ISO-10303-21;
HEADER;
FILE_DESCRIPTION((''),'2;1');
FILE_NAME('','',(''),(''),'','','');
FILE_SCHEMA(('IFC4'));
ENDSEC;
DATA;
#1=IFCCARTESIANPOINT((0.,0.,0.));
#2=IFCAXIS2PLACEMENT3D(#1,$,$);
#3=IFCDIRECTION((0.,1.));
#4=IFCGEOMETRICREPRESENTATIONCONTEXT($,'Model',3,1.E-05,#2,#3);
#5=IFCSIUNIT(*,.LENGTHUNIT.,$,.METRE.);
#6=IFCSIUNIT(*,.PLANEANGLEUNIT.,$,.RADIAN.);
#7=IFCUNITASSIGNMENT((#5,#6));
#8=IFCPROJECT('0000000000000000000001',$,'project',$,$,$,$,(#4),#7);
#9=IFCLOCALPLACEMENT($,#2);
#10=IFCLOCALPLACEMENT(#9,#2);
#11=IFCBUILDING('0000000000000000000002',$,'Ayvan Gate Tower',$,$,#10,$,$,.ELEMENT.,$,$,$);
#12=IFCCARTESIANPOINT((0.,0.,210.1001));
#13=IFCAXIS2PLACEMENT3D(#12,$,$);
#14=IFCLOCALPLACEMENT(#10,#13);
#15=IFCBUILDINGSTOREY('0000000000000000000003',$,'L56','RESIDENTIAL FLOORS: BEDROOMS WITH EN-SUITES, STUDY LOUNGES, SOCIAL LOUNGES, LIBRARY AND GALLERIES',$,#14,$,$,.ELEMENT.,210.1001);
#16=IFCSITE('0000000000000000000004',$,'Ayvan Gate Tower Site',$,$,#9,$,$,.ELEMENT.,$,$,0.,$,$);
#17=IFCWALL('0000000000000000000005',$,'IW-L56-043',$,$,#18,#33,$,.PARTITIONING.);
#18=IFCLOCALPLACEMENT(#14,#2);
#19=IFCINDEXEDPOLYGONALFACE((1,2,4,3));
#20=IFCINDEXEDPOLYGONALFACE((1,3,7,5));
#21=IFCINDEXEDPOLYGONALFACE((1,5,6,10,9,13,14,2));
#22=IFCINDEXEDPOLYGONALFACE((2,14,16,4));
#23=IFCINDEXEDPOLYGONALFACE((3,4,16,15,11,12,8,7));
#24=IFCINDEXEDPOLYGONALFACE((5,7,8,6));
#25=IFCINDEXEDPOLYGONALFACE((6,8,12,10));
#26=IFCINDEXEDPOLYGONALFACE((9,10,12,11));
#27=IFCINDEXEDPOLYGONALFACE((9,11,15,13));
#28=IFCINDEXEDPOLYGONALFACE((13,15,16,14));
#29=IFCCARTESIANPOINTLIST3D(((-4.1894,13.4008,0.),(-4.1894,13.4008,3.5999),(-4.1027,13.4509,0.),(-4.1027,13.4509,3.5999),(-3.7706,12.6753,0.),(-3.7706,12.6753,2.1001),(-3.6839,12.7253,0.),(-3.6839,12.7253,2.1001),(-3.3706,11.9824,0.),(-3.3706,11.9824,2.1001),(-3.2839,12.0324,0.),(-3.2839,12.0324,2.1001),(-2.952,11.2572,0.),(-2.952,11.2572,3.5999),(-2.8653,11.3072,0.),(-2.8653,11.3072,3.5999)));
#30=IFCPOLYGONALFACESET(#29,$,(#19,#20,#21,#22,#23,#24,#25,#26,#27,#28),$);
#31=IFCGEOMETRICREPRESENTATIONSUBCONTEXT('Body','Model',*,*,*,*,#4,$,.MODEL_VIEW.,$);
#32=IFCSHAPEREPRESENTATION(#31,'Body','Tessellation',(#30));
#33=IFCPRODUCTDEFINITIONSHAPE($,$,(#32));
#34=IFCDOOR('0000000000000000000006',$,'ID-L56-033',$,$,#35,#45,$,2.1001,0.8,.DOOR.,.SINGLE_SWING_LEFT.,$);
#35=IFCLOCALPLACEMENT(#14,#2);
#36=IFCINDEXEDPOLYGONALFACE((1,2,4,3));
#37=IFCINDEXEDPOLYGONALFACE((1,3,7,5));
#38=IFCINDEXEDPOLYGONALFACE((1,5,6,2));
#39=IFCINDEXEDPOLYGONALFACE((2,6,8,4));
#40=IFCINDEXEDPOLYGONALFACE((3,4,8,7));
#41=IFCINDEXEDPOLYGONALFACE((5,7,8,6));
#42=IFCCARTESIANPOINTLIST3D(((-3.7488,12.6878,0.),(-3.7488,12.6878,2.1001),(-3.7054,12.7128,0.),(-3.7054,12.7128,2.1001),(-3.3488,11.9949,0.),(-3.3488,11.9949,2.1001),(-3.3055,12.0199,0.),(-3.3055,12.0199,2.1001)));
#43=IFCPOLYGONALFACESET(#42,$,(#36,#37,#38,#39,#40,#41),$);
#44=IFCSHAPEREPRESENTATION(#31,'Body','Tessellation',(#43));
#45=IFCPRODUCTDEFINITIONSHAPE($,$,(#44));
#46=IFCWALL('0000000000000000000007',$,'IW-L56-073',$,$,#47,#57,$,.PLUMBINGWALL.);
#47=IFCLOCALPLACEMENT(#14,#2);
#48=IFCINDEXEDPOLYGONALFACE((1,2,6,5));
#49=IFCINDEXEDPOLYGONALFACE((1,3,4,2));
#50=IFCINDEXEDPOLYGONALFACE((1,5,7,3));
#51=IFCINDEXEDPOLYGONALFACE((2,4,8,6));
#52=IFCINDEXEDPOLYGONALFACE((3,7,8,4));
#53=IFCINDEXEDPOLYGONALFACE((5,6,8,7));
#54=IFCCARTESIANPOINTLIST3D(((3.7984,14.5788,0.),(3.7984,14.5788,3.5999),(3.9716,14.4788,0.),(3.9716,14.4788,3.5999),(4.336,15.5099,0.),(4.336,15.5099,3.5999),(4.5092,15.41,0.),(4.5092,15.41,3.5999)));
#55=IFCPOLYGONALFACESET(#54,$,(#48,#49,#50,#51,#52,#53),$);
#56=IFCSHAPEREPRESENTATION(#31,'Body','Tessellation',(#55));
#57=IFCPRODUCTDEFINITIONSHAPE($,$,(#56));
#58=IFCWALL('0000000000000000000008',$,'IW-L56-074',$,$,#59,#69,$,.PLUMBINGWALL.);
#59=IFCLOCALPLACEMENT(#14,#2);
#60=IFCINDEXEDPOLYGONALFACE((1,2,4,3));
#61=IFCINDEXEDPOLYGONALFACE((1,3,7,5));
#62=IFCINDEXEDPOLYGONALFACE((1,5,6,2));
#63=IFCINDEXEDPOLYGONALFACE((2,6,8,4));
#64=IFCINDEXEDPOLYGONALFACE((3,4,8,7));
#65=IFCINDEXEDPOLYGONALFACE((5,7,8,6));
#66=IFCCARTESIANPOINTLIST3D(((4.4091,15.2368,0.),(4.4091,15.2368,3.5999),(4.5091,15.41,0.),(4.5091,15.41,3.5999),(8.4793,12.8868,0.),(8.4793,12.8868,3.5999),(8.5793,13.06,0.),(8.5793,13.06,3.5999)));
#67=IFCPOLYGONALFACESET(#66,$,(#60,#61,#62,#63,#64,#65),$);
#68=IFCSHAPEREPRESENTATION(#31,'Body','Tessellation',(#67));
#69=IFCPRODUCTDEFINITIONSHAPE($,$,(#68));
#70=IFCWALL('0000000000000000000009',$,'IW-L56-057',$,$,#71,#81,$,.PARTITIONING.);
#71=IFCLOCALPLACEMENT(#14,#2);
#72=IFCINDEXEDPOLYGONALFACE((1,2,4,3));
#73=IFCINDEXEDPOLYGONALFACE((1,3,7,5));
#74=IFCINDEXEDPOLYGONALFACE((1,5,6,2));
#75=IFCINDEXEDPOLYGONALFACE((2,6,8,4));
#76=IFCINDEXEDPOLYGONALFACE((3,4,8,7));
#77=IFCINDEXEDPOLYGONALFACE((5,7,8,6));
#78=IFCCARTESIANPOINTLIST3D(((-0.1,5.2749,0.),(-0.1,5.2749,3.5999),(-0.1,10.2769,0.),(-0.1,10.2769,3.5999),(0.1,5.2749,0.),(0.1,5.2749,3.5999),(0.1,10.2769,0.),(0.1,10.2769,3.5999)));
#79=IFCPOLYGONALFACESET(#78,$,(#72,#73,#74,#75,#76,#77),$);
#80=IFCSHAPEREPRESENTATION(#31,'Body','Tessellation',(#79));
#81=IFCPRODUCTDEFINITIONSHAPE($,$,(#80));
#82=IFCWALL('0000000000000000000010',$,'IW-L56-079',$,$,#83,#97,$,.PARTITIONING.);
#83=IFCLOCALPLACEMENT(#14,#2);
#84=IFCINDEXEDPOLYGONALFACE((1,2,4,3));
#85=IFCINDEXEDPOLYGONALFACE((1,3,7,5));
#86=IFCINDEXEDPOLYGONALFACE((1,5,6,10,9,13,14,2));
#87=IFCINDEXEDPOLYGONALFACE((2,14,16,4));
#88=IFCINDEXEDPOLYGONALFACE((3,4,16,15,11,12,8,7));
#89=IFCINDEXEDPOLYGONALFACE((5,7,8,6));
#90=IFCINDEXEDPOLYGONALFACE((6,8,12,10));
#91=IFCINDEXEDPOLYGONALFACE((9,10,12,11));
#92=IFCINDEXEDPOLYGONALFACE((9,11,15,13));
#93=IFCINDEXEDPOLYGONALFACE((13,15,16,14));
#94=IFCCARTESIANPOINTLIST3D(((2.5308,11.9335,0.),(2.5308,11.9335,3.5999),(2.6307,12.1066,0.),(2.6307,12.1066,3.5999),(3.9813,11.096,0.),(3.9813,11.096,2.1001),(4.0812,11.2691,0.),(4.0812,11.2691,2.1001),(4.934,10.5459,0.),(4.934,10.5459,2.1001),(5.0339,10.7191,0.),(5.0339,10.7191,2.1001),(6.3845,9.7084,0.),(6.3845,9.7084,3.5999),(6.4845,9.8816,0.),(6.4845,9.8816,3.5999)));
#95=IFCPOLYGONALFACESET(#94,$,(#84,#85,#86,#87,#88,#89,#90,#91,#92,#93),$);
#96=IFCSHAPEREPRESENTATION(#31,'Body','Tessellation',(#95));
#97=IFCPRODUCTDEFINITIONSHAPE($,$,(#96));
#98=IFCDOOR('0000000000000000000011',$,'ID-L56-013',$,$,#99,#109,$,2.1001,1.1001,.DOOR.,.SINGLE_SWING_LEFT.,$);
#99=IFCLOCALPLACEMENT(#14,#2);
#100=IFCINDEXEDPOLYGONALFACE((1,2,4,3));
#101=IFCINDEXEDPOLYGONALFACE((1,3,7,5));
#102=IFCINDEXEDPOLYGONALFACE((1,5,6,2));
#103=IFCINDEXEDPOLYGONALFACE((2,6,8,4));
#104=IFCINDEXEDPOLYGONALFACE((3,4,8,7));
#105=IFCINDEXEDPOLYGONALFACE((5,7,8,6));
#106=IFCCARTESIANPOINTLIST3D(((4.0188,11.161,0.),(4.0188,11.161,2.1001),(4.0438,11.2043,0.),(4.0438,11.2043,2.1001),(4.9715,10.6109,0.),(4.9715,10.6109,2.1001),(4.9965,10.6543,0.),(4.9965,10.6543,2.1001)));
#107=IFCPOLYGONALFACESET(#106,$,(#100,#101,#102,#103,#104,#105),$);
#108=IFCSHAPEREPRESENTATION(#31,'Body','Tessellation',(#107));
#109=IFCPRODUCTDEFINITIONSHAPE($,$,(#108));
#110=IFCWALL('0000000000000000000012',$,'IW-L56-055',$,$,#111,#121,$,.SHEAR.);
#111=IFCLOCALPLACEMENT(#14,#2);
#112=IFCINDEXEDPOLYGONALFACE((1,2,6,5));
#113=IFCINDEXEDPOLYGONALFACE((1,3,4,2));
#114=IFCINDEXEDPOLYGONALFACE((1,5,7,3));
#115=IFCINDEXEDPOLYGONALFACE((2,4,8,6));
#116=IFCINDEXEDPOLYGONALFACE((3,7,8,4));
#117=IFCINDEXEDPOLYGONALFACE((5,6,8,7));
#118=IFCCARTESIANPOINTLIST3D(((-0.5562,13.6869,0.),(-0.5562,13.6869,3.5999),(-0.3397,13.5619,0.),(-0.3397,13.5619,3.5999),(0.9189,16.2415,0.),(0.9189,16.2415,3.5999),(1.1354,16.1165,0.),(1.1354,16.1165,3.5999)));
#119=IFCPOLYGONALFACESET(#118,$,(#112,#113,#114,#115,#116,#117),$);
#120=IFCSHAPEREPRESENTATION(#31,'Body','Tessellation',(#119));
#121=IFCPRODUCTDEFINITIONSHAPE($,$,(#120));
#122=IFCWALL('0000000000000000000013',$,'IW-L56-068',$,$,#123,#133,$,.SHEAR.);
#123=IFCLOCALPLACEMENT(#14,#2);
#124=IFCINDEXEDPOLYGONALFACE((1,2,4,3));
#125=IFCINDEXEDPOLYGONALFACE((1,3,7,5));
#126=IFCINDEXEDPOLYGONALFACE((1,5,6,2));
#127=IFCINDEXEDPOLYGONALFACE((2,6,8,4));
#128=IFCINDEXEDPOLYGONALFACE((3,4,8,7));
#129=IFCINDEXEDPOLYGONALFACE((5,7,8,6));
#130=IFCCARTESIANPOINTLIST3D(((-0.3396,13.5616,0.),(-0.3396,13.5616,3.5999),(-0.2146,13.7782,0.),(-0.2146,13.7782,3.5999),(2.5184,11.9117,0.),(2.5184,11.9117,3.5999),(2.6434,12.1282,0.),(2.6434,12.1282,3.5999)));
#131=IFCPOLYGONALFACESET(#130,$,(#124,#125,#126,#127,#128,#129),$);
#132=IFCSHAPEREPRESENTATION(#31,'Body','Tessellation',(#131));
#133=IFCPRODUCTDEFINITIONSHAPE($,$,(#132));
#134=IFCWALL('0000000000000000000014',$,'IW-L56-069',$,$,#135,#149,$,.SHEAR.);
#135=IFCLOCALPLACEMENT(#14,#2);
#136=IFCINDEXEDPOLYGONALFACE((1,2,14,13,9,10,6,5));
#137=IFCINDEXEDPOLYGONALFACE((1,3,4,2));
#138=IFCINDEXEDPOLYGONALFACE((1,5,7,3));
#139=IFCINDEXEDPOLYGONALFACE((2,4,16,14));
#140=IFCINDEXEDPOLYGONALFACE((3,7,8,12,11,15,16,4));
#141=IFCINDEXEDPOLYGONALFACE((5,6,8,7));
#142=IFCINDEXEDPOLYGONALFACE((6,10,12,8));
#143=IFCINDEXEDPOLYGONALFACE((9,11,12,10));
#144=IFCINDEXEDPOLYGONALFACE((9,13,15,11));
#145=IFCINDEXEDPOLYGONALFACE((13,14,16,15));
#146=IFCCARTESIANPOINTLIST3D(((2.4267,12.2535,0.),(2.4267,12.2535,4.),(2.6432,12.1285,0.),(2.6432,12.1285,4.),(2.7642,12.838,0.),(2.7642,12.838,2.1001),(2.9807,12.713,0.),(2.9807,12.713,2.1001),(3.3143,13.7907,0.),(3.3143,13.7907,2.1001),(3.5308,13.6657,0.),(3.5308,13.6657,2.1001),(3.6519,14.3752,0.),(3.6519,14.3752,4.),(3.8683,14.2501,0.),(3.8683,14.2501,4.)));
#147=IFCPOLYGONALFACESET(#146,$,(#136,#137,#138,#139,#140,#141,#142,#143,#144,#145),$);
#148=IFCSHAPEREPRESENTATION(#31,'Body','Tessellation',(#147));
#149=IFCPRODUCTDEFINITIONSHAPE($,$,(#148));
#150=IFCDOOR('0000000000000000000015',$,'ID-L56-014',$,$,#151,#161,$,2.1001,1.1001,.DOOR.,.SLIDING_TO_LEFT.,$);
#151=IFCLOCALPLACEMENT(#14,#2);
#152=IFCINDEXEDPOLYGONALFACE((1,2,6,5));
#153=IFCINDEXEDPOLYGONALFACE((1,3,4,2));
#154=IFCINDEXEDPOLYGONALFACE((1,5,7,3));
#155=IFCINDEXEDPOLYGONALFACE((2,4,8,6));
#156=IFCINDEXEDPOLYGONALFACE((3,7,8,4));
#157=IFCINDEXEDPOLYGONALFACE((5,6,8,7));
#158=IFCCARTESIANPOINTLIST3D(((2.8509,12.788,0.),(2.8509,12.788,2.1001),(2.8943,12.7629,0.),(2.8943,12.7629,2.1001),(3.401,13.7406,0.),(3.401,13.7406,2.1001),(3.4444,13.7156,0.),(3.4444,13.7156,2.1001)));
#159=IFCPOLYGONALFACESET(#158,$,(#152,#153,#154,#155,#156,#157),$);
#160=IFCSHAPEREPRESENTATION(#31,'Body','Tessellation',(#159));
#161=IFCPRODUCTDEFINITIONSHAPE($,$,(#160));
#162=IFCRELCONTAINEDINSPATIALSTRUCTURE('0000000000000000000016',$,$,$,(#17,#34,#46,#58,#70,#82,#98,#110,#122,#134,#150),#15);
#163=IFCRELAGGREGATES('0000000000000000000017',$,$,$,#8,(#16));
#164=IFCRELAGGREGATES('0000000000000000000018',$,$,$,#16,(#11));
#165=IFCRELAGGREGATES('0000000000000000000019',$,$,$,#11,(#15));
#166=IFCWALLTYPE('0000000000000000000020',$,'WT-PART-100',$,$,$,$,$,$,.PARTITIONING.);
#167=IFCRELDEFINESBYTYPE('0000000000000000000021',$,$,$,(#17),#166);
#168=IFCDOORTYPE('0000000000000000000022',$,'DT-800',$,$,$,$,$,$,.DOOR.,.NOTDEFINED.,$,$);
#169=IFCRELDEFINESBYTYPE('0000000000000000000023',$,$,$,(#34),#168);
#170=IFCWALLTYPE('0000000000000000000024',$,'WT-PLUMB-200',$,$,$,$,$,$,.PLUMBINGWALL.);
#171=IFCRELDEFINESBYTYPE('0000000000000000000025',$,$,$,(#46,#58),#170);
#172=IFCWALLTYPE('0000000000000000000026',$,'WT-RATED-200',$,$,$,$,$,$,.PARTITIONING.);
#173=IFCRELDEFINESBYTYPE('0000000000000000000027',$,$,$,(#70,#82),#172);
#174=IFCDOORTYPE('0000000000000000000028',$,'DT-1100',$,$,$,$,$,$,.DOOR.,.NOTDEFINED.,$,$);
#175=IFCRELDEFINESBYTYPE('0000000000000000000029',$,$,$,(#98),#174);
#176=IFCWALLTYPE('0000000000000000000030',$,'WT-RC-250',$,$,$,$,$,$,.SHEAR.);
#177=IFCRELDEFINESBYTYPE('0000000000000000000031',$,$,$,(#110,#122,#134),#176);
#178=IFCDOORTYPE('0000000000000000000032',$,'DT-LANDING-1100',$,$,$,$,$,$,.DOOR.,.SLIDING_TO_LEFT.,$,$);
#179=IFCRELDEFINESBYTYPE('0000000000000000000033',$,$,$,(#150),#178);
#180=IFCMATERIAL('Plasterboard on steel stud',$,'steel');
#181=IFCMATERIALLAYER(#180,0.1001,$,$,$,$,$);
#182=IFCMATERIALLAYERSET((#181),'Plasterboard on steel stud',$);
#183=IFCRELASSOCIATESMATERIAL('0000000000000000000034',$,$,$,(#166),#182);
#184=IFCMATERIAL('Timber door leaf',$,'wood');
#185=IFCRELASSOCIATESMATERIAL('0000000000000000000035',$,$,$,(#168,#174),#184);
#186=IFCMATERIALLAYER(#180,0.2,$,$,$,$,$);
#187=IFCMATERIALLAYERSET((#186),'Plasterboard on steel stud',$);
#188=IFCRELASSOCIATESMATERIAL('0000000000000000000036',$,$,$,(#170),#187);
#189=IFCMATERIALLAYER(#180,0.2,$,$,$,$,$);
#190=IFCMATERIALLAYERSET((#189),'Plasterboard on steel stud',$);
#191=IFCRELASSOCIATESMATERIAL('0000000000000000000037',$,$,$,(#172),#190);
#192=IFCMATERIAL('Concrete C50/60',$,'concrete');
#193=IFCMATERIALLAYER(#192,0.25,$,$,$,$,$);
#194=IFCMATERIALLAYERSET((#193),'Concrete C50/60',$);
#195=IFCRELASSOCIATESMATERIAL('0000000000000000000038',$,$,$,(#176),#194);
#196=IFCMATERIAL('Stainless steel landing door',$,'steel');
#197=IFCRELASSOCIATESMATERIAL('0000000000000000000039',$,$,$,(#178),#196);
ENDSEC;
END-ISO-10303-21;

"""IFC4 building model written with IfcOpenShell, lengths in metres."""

from ifc_helpers import new_model, si_unit, direction, frame, frame_2d, origin, place, context, subcontext, project, spatial, rectangle, extrude, material, layer, layer_set, type_object, element, fill, save


model = new_model("IFC4")

# Units and contexts
model_context = context("Model", 3, precision=1e-05, world=origin(), true_north=direction((0.0, 1.0)))
body_context = subcontext(model_context, "Body", "Model", "MODEL_VIEW")
ifc_project = project(units=[si_unit("LENGTHUNIT", "METRE"), si_unit("PLANEANGLEUNIT", "RADIAN")], contexts=[model_context])

# Site, building, storey
site_placement = place(None, origin())
site = spatial("IfcSite", under=ifc_project, at=site_placement, Name="Ayvan Gate Tower Site", CompositionType="ELEMENT", RefElevation=0.0)
building_placement = place(site_placement, origin())
building = spatial("IfcBuilding", under=site, at=building_placement, Name="Ayvan Gate Tower", CompositionType="ELEMENT")
storey_placement = place(building_placement, frame((0.0, 0.0, 210.1001)))
storey = spatial("IfcBuildingStorey", under=building, at=storey_placement, Name="L56", Description="RESIDENTIAL FLOORS: BEDROOMS WITH EN-SUITES, STUDY LOUNGES, SOCIAL LOUNGES, LIBRARY AND GALLERIES", CompositionType="ELEMENT", Elevation=210.1001)

# Shared definitions
ifc_material_1 = material(Name="Timber door leaf", Category="wood")

# Shared definitions
ifc_material_2 = material(Name="Plasterboard on steel stud", Category="steel")

# Shared definitions
ifc_layer_1 = layer(ifc_material_2, 0.1001)
ifc_layer_set_1 = layer_set([ifc_layer_1], Name="Plasterboard on steel stud")
wall_type_1 = type_object("IfcWallType", Name="WT-PART-100", PredefinedType="PARTITIONING", material=ifc_layer_set_1)

# Wall, opening, door
wall_1_placement = place(storey_placement, frame((-2.9087, 11.2822, 0.0), z_axis=(0.0, 0.0, 1.0), x_axis=(-0.499916, 0.866074, 0.0)))
wall_1 = element("IfcWall", 1, at=wall_1_placement, inside=storey, type_object=wall_type_1, Name="IW-L56-043", PredefinedType="PARTITIONING", context=body_context, shape_type="SweptSolid", body=[
    extrude(rectangle(XDim=2.4751, YDim=0.1001, at=frame_2d((1.2375, 0.0))), origin(), (0.0, 0.0, 1.0), 3.5999),
])
opening_1_placement = place(wall_1_placement, frame((0.8374, 0.0, 0.0)))
opening_1 = element("IfcOpeningElement", 2, at=opening_1_placement, cuts=wall_1, PredefinedType="OPENING", context=body_context, shape_type="SweptSolid", body=[
    extrude(rectangle(XDim=0.8, YDim=2.1001, at=frame_2d((0.3999, 1.05))), frame((0.0, 0.0601, 0.0), z_axis=(0.0, -1.0, 0.0), x_axis=(1.0, 0.0, 0.0)), (0.0, 0.0, 1.0), 0.1201),
])
door_type_1 = type_object("IfcDoorType", Name="DT-800", OperationType="NOTDEFINED", PredefinedType="DOOR", material=ifc_material_1)
door_1_placement = place(opening_1_placement, origin())
door_1 = element("IfcDoor", 3, at=door_1_placement, inside=storey, type_object=door_type_1, Name="ID-L56-033", OperationType="SINGLE_SWING_LEFT", OverallHeight=2.1001, OverallWidth=0.8, PredefinedType="DOOR", context=body_context, shape_type="SweptSolid", body=[
    extrude(rectangle(XDim=0.8, YDim=2.1001, at=frame_2d((0.3999, 1.05))), frame((0.0, 0.0249, 0.0), z_axis=(0.0, -1.0, 0.0), x_axis=(1.0, 0.0, 0.0)), (0.0, 0.0, 1.0), 0.05),
])
fill(opening_1, door_1)

# Walls
ifc_layer_2 = layer(ifc_material_2, 0.2)
ifc_layer_set_2 = layer_set([ifc_layer_2], Name="Plasterboard on steel stud")
wall_type_2 = type_object("IfcWallType", Name="WT-PLUMB-200", PredefinedType="PLUMBINGWALL", material=ifc_layer_set_2)
wall_2_placement = place(storey_placement, frame((3.885, 14.5288, 0.0), z_axis=(0.0, 0.0, 1.0), x_axis=(0.499998, 0.866027, 0.0)))
element("IfcWall", 4, at=wall_2_placement, inside=storey, type_object=wall_type_2, Name="IW-L56-073", PredefinedType="PLUMBINGWALL", context=body_context, shape_type="SweptSolid", body=[
    extrude(rectangle(XDim=1.0752, YDim=0.2, at=frame_2d((0.5376, 0.0))), origin(), (0.0, 0.0, 1.0), 3.5999),
])
wall_3_placement = place(storey_placement, frame((4.459, 15.3235, 0.0), z_axis=(0.0, 0.0, 1.0), x_axis=(0.866016, -0.500016, 0.0)))
element("IfcWall", 5, at=wall_3_placement, inside=storey, type_object=wall_type_2, Name="IW-L56-074", PredefinedType="PLUMBINGWALL", context=body_context, shape_type="SweptSolid", body=[
    extrude(rectangle(XDim=4.7, YDim=0.2, at=frame_2d((2.3501, 0.0))), origin(), (0.0, 0.0, 1.0), 3.5999),
])
ifc_layer_3 = layer(ifc_material_2, 0.2)
ifc_layer_set_3 = layer_set([ifc_layer_3], Name="Plasterboard on steel stud")
wall_type_3 = type_object("IfcWallType", Name="WT-RATED-200", PredefinedType="PARTITIONING", material=ifc_layer_set_3)
wall_4_placement = place(storey_placement, frame((0.0, 10.2769, 0.0), z_axis=(0.0, 0.0, 1.0), x_axis=(0.0, -1.0, 0.0)))
element("IfcWall", 6, at=wall_4_placement, inside=storey, type_object=wall_type_3, Name="IW-L56-057", PredefinedType="PARTITIONING", context=body_context, shape_type="SweptSolid", body=[
    extrude(rectangle(XDim=5.002, YDim=0.2, at=frame_2d((2.501, 0.0))), origin(), (0.0, 0.0, 1.0), 3.5999),
])

# Wall, opening, door
wall_5_placement = place(storey_placement, frame((6.4346, 9.7949, 0.0), z_axis=(0.0, 0.0, 1.0), x_axis=(-0.866013, 0.500022, 0.0)))
wall_5 = element("IfcWall", 7, at=wall_5_placement, inside=storey, type_object=wall_type_3, Name="IW-L56-079", PredefinedType="PARTITIONING", context=body_context, shape_type="SweptSolid", body=[
    extrude(rectangle(XDim=4.45, YDim=0.2, at=frame_2d((2.2251, 0.0))), origin(), (0.0, 0.0, 1.0), 3.5999),
])
opening_2_placement = place(wall_5_placement, frame((1.675, 0.0, 0.0)))
opening_2 = element("IfcOpeningElement", 8, at=opening_2_placement, cuts=wall_5, PredefinedType="OPENING", context=body_context, shape_type="SweptSolid", body=[
    extrude(rectangle(XDim=1.1001, YDim=2.1001, at=frame_2d((0.55, 1.05))), frame((0.0, 0.1099, 0.0), z_axis=(0.0, -1.0, 0.0), x_axis=(1.0, 0.0, 0.0)), (0.0, 0.0, 1.0), 0.22),
])
door_type_2 = type_object("IfcDoorType", Name="DT-1100", OperationType="NOTDEFINED", PredefinedType="DOOR", material=ifc_material_1)
door_2_placement = place(opening_2_placement, origin())
door_2 = element("IfcDoor", 9, at=door_2_placement, inside=storey, type_object=door_type_2, Name="ID-L56-013", OperationType="SINGLE_SWING_LEFT", OverallHeight=2.1001, OverallWidth=1.1001, PredefinedType="DOOR", context=body_context, shape_type="SweptSolid", body=[
    extrude(rectangle(XDim=1.1001, YDim=2.1001, at=frame_2d((0.55, 1.05))), frame((0.0, 0.0249, 0.0), z_axis=(0.0, -1.0, 0.0), x_axis=(1.0, 0.0, 0.0)), (0.0, 0.0, 1.0), 0.05),
])
fill(opening_2, door_2)

# Walls
ifc_material_3 = material(Name="Concrete C50/60", Category="concrete")
ifc_layer_4 = layer(ifc_material_3, 0.25)
ifc_layer_set_4 = layer_set([ifc_layer_4], Name="Concrete C50/60")
wall_type_4 = type_object("IfcWallType", Name="WT-RC-250", PredefinedType="SHEAR", material=ifc_layer_set_4)
wall_6_placement = place(storey_placement, frame((-0.448, 13.6243, 0.0), z_axis=(0.0, 0.0, 1.0), x_axis=(0.500038, 0.866004, 0.0)))
element("IfcWall", 10, at=wall_6_placement, inside=storey, type_object=wall_type_4, Name="IW-L56-055", PredefinedType="SHEAR", context=body_context, shape_type="SweptSolid", body=[
    extrude(rectangle(XDim=2.95, YDim=0.25, at=frame_2d((1.4751, 0.0))), origin(), (0.0, 0.0, 1.0), 3.5999),
])
wall_7_placement = place(storey_placement, frame((2.5808, 12.02, 0.0), z_axis=(0.0, 0.0, 1.0), x_axis=(-0.86604, 0.499974, 0.0)))
element("IfcWall", 11, at=wall_7_placement, inside=storey, type_object=wall_type_4, Name="IW-L56-068", PredefinedType="SHEAR", context=body_context, shape_type="SweptSolid", body=[
    extrude(rectangle(XDim=3.3, YDim=0.25, at=frame_2d((1.6499, 0.0))), origin(), (0.0, 0.0, 1.0), 3.5999),
])

# Wall, opening, door
wall_8_placement = place(storey_placement, frame((2.5349, 12.1909, 0.0), z_axis=(0.0, 0.0, 1.0), x_axis=(0.500062, 0.86599, 0.0)))
wall_8 = element("IfcWall", 12, at=wall_8_placement, inside=storey, type_object=wall_type_4, Name="IW-L56-069", PredefinedType="SHEAR", context=body_context, shape_type="SweptSolid", body=[
    extrude(rectangle(XDim=2.45, YDim=0.25, at=frame_2d((1.2251, 0.0))), origin(), (0.0, 0.0, 1.0), 4.0),
])
opening_3_placement = place(wall_8_placement, frame((0.675, 0.0, 0.0)))
opening_3 = element("IfcOpeningElement", 13, at=opening_3_placement, cuts=wall_8, PredefinedType="OPENING", context=body_context, shape_type="SweptSolid", body=[
    extrude(rectangle(XDim=1.1001, YDim=2.1001, at=frame_2d((0.55, 1.05))), frame((0.0, 0.135, 0.0), z_axis=(0.0, -1.0, 0.0), x_axis=(1.0, 0.0, 0.0)), (0.0, 0.0, 1.0), 0.27),
])
ifc_material_4 = material(Name="Stainless steel landing door", Category="steel")
door_type_3 = type_object("IfcDoorType", Name="DT-LANDING-1100", OperationType="SLIDING_TO_LEFT", PredefinedType="DOOR", material=ifc_material_4)
door_3_placement = place(opening_3_placement, origin())
door_3 = element("IfcDoor", 14, at=door_3_placement, inside=storey, type_object=door_type_3, Name="ID-L56-014", OperationType="SLIDING_TO_LEFT", OverallHeight=2.1001, OverallWidth=1.1001, PredefinedType="DOOR", context=body_context, shape_type="SweptSolid", body=[
    extrude(rectangle(XDim=1.1001, YDim=2.1001, at=frame_2d((0.55, 1.05))), frame((0.0, 0.0249, 0.0), z_axis=(0.0, -1.0, 0.0), x_axis=(1.0, 0.0, 0.0)), (0.0, 0.0, 1.0), 0.05),
])
fill(opening_3, door_3)

save(model, "model.ifc")
